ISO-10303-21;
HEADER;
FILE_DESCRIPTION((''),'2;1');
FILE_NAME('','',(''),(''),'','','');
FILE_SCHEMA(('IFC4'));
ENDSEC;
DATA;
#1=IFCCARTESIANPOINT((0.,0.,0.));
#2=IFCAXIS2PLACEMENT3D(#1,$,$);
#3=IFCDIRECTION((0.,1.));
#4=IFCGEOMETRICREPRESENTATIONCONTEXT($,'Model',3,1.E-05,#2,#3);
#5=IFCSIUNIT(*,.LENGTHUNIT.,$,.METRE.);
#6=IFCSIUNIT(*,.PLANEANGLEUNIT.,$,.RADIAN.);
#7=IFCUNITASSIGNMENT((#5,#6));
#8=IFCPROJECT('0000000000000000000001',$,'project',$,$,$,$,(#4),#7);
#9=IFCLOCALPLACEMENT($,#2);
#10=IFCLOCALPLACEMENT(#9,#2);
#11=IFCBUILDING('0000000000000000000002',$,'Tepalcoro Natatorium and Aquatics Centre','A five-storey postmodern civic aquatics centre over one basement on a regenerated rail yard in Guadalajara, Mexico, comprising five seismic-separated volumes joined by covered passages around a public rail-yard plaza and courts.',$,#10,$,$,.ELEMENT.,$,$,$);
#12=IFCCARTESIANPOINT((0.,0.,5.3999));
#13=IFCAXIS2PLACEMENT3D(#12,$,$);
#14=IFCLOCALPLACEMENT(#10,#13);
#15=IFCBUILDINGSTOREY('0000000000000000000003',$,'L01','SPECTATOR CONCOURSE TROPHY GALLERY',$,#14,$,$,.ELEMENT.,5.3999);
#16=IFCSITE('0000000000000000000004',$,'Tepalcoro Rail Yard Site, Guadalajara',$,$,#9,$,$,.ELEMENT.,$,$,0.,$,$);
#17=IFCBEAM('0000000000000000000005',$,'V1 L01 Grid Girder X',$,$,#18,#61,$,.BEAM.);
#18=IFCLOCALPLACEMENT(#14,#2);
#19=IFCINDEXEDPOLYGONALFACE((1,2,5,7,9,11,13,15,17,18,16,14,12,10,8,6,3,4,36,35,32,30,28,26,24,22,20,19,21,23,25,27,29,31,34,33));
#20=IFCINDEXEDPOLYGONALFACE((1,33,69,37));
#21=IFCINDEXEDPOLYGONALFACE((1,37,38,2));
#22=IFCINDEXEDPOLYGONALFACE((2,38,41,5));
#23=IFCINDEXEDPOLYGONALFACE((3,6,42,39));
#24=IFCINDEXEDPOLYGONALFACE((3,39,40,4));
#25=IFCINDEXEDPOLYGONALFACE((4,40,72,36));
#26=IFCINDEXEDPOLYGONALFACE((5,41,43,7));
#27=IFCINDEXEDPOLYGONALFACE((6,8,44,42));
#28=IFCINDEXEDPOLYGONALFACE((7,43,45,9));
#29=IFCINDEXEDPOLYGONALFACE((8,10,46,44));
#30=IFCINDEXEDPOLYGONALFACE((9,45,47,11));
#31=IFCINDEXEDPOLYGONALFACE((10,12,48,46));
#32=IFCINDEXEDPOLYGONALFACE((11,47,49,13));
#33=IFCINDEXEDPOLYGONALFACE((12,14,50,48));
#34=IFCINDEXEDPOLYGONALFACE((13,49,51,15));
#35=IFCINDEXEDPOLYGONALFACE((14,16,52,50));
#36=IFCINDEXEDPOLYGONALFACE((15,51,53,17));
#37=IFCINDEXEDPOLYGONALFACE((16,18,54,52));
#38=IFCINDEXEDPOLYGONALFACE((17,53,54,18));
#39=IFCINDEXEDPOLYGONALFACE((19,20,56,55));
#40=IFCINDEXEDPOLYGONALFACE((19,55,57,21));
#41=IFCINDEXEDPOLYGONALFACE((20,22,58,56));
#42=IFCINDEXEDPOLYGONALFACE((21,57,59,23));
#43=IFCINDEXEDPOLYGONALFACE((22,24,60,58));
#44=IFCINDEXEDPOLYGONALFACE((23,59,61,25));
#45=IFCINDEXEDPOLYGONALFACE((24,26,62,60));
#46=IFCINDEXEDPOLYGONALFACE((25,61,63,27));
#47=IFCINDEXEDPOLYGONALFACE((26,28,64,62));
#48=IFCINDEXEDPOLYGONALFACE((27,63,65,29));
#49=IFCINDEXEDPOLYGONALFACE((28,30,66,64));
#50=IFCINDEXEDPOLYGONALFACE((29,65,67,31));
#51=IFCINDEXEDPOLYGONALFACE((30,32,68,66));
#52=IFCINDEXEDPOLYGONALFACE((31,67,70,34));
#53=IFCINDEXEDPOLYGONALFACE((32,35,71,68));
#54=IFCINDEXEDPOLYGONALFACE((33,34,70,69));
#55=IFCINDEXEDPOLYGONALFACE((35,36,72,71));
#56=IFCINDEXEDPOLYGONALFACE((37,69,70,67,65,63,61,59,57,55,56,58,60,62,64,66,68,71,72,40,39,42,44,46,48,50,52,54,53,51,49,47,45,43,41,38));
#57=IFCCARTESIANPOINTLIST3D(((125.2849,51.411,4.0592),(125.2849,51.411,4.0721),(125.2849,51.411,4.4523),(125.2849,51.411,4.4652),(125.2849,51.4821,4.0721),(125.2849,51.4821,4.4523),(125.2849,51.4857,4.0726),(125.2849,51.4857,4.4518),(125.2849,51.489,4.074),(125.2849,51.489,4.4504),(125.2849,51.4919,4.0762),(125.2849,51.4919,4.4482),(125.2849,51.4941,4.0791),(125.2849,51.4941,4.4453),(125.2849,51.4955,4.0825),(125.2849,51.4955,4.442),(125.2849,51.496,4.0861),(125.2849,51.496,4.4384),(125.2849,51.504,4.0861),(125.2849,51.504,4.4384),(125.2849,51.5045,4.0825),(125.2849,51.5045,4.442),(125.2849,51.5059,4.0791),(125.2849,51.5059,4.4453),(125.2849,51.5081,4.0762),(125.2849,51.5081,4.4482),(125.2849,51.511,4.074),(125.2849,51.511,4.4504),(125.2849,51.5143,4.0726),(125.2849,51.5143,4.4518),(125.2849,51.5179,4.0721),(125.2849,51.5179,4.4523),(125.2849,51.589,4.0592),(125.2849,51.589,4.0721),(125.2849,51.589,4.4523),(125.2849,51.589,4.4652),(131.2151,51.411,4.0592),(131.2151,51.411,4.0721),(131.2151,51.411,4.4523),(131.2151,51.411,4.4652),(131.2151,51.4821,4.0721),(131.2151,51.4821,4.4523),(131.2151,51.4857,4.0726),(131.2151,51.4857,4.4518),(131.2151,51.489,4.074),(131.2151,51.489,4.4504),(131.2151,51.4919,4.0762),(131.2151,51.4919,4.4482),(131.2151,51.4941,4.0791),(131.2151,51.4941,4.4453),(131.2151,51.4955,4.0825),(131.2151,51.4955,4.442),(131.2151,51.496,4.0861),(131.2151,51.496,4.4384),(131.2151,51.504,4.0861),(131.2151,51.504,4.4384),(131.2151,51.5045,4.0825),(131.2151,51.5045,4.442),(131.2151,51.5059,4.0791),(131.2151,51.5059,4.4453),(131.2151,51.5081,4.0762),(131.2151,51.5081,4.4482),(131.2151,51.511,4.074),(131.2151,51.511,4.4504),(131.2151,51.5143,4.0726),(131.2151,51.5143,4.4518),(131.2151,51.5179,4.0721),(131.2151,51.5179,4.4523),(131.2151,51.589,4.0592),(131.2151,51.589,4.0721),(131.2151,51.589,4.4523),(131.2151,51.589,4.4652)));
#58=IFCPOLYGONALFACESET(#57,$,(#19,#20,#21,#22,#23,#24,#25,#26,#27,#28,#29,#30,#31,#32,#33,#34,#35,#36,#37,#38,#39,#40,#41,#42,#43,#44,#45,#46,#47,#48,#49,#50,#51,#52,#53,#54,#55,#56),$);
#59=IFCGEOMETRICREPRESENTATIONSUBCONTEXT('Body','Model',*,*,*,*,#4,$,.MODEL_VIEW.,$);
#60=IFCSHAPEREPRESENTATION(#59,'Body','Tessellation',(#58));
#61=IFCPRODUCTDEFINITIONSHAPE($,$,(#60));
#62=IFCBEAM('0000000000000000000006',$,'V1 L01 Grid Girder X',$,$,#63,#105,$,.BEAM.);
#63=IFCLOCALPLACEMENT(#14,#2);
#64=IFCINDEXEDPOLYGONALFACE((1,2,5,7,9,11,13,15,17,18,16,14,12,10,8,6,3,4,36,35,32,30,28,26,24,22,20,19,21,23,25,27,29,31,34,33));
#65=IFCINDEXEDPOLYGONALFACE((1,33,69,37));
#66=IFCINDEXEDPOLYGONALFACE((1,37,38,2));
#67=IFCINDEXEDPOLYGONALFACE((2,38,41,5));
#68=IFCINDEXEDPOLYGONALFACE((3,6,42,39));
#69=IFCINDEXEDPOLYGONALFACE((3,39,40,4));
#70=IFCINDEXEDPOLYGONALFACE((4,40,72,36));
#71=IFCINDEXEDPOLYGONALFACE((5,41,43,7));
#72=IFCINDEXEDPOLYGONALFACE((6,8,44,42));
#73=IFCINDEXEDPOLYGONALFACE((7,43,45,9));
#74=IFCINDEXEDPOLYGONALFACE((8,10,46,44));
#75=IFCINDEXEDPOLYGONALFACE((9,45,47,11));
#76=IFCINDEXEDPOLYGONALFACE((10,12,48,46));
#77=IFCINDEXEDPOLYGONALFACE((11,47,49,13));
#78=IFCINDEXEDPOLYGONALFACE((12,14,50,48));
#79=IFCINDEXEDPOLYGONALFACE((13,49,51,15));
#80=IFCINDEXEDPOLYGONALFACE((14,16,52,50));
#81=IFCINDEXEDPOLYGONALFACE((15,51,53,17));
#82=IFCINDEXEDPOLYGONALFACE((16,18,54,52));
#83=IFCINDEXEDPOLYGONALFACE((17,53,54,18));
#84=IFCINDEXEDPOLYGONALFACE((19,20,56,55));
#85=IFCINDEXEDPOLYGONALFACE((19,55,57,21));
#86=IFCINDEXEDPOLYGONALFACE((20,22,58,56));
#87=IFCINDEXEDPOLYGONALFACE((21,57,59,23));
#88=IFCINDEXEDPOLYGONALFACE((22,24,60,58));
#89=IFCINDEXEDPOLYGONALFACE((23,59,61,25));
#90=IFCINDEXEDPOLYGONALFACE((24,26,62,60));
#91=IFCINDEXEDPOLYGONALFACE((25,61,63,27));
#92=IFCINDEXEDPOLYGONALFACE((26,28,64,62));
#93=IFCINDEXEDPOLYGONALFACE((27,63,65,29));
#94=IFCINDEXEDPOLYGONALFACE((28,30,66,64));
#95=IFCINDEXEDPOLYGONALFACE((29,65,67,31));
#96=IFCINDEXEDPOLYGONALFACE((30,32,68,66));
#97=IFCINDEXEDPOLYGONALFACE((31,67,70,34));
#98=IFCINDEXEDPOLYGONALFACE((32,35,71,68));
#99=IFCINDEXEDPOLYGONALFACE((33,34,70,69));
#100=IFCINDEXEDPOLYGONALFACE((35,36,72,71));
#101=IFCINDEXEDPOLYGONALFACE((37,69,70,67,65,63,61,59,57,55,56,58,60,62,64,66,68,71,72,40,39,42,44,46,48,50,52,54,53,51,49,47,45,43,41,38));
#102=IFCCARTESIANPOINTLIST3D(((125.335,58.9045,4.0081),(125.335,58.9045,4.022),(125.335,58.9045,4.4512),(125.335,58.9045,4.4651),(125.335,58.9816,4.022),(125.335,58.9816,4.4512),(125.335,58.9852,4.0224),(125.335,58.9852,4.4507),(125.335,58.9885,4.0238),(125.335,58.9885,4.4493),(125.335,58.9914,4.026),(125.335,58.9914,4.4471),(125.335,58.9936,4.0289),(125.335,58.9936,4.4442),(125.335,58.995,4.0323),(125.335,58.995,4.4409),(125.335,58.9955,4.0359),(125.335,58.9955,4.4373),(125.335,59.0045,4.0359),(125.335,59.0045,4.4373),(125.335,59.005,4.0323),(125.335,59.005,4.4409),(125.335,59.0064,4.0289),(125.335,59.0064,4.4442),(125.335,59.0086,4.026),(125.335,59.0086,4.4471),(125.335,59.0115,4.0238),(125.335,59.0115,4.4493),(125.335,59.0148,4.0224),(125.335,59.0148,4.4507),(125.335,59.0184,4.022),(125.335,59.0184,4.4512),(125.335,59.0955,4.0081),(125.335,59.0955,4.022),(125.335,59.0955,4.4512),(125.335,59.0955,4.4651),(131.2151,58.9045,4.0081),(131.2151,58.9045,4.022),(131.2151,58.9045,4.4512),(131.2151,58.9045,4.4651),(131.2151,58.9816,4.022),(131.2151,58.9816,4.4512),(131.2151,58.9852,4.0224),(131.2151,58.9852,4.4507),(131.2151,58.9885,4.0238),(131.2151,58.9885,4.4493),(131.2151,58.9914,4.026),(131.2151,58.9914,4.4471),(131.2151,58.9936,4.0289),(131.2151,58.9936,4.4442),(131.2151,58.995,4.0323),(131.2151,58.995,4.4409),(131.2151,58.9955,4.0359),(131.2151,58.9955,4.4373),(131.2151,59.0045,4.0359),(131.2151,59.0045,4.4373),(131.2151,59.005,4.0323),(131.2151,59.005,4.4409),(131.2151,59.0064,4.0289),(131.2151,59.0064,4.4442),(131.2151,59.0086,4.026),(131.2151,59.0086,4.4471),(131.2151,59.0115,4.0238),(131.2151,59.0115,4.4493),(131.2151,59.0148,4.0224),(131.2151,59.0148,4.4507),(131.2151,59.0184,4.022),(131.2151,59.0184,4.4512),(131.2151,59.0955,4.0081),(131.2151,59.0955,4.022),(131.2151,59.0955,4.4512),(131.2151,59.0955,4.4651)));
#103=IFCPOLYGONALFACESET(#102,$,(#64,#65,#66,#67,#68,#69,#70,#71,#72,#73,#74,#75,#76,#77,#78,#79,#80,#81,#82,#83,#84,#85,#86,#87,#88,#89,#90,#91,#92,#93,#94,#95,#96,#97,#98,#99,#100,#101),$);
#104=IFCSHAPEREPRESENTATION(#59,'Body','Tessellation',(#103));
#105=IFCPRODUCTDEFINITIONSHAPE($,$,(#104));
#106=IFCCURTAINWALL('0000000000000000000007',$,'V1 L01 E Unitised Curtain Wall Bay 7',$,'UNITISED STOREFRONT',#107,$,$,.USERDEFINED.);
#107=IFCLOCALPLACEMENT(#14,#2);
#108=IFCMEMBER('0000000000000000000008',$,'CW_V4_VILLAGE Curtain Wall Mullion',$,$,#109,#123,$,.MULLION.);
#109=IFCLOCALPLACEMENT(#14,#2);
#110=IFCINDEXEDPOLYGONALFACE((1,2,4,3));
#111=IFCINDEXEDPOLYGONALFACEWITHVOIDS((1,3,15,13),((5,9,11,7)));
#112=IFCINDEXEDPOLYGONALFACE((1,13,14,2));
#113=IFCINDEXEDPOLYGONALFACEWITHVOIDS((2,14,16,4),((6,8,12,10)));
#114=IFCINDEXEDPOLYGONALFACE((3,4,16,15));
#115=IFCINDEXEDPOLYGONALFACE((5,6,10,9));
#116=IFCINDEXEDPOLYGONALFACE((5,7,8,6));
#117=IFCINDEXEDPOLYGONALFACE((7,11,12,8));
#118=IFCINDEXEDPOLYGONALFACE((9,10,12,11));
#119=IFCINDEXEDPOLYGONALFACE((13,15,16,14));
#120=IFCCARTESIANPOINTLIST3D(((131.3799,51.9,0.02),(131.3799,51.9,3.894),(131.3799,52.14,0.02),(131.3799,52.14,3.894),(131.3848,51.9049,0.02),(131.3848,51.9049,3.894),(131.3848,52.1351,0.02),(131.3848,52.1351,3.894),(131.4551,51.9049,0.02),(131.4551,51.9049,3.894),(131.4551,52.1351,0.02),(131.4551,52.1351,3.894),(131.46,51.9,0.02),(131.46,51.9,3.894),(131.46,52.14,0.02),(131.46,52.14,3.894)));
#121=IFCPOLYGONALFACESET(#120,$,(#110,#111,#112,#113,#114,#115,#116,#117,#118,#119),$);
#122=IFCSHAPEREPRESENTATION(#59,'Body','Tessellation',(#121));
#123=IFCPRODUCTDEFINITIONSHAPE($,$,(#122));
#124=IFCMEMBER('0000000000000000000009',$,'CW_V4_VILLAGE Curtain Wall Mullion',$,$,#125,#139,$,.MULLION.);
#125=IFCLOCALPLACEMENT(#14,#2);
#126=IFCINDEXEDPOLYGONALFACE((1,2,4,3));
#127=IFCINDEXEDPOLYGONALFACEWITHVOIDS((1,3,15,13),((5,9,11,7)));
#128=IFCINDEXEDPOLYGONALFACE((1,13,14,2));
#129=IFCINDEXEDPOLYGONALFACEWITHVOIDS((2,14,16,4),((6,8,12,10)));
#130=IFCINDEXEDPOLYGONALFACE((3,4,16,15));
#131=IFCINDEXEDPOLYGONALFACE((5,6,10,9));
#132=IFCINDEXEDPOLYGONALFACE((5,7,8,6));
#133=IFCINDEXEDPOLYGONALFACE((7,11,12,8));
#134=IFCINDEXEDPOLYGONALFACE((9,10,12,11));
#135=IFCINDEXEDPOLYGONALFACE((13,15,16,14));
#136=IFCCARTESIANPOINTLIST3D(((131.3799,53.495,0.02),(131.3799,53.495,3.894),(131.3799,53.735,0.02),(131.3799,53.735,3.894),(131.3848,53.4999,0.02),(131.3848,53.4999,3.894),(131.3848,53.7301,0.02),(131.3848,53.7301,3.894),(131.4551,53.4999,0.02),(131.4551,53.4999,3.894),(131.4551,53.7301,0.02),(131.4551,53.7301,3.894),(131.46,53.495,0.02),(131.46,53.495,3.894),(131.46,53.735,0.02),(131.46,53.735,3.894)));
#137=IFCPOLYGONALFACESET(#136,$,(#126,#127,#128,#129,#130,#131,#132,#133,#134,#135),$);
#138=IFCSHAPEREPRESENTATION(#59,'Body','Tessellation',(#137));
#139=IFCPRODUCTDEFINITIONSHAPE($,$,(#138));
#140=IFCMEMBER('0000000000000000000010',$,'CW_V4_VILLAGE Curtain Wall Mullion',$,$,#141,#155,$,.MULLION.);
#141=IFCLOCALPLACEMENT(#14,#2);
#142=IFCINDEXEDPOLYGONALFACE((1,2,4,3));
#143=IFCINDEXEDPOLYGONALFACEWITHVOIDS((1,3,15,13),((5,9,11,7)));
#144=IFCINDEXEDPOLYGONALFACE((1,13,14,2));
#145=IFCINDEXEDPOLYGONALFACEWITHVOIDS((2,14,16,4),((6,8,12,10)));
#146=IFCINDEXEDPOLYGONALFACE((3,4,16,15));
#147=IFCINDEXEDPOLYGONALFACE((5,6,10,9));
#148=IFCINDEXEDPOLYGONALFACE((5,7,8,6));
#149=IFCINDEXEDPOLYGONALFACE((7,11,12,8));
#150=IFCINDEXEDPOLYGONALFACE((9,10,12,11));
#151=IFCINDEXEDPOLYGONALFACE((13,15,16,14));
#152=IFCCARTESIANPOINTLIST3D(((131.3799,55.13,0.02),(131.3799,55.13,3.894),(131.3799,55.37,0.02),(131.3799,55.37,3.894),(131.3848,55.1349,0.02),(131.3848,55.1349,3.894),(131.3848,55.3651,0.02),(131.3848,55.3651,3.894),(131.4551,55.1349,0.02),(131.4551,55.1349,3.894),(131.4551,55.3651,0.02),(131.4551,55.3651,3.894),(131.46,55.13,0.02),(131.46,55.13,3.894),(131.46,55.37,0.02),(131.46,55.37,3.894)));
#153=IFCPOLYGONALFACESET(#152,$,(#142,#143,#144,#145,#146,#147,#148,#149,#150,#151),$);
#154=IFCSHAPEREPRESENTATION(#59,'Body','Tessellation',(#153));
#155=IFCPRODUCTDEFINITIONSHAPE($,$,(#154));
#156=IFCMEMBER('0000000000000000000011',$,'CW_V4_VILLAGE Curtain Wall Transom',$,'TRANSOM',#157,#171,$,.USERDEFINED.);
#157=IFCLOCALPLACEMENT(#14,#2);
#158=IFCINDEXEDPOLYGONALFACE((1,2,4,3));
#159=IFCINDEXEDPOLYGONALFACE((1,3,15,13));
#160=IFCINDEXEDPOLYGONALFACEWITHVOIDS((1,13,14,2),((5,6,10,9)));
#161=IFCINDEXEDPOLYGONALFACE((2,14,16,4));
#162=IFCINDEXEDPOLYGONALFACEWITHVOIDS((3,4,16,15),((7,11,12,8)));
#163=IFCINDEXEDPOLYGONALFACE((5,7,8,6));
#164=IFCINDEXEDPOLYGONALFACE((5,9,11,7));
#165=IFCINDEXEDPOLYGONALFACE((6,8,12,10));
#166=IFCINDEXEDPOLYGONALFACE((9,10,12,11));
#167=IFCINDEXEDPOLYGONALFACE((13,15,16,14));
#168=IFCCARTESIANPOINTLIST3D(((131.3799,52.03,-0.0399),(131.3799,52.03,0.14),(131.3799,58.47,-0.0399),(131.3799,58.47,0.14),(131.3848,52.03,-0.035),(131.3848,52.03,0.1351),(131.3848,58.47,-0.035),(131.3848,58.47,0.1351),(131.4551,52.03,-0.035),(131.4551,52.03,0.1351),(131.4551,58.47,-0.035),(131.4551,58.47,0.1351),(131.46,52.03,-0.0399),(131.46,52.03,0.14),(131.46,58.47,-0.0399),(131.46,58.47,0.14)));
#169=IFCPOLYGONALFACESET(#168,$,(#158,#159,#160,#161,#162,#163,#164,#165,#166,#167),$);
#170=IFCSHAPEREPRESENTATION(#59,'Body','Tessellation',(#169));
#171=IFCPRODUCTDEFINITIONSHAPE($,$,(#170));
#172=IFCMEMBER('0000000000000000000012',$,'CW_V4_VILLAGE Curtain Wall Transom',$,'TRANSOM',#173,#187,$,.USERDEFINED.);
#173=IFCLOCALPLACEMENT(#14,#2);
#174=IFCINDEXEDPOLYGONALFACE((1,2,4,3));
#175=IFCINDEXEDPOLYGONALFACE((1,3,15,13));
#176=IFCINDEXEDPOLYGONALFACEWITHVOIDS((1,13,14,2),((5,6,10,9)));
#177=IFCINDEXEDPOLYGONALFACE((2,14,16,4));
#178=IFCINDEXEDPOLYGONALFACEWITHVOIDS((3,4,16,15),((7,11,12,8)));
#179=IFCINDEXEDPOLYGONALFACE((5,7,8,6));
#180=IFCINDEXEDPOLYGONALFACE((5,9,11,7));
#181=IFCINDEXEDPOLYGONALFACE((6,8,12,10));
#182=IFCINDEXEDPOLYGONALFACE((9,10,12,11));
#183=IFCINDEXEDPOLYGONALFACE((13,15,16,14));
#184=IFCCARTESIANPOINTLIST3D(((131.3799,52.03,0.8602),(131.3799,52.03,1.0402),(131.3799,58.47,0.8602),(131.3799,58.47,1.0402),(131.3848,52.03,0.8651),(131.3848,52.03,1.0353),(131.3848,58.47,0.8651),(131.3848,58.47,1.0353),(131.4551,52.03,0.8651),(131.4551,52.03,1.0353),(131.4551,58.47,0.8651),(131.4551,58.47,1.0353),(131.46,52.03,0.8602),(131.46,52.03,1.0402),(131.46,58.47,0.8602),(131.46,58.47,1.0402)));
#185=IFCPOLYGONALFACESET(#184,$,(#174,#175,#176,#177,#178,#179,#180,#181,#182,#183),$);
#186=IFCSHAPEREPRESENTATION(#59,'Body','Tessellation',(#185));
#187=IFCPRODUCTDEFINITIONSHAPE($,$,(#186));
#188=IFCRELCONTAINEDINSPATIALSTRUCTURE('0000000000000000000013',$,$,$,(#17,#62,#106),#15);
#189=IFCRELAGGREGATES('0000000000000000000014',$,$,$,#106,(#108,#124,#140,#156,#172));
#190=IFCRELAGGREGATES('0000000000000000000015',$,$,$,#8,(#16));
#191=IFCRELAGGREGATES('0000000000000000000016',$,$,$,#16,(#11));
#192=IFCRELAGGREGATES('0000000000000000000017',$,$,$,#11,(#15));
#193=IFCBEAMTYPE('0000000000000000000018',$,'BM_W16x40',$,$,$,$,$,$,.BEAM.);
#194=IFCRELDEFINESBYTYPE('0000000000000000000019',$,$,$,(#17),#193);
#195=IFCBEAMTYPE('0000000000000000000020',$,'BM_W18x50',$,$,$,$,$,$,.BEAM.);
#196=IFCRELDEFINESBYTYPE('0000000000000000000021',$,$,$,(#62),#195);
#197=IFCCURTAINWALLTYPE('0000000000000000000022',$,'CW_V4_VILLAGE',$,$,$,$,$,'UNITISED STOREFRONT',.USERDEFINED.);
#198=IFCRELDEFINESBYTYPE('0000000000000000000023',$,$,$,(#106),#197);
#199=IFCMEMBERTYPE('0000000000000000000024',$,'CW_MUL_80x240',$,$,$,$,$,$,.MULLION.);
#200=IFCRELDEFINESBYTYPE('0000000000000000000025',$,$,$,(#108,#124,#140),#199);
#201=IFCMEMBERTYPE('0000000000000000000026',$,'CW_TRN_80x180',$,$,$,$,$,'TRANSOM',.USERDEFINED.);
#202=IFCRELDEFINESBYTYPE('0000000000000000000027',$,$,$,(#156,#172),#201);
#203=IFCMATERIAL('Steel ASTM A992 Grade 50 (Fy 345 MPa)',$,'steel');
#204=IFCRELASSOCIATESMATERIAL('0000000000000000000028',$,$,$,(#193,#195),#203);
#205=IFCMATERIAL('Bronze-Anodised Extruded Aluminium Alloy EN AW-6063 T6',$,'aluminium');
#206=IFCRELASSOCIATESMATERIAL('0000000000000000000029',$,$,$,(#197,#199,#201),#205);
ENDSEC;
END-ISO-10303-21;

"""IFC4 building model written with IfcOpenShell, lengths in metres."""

from ifc_helpers import new_model, si_unit, direction, frame, origin, origin_2d, place, context, subcontext, project, spatial, hollow_rectangle, i_section, extrude, material, material_profile, profile_set, type_object, element, aggregate, save


model = new_model("IFC4")

# Units and contexts
model_context = context("Model", 3, precision=1e-05, world=origin(), true_north=direction((0.0, 1.0)))
body_context = subcontext(model_context, "Body", "Model", "MODEL_VIEW")
ifc_project = project(units=[si_unit("LENGTHUNIT", "METRE"), si_unit("PLANEANGLEUNIT", "RADIAN")], contexts=[model_context])

# Site, building, storey
site_placement = place(None, origin())
site = spatial("IfcSite", under=ifc_project, at=site_placement, Name="Tepalcoro Rail Yard Site, Guadalajara", CompositionType="ELEMENT", RefElevation=0.0)
building_placement = place(site_placement, origin())
building = spatial("IfcBuilding", under=site, at=building_placement, Name="Tepalcoro Natatorium and Aquatics Centre", Description="A five-storey postmodern civic aquatics centre over one basement on a regenerated rail yard in Guadalajara, Mexico, comprising five seismic-separated volumes joined by covered passages around a public rail-yard plaza and courts.", CompositionType="ELEMENT")
storey_placement = place(building_placement, frame((0.0, 0.0, 5.3999)))
storey = spatial("IfcBuildingStorey", under=building, at=storey_placement, Name="L01", Description="SPECTATOR CONCOURSE TROPHY GALLERY", CompositionType="ELEMENT", Elevation=5.3999)

# Beams
ifc_material_1 = material(Name="Steel ASTM A992 Grade 50 (Fy 345 MPa)", Category="steel")
ifc_material_profile_1 = material_profile(ifc_material_1, i_section(OverallWidth=0.178, OverallDepth=0.406, WebThickness=0.0081, FlangeThickness=0.0129, FilletRadius=0.0139, at=origin_2d()), Name="W16X40")
ifc_profile_set_1 = profile_set([ifc_material_profile_1], Name="Steel ASTM A992 Grade 50 (Fy 345 MPa)")
beam_type_1 = type_object("IfcBeamType", Name="BM_W16x40", PredefinedType="BEAM", material=ifc_profile_set_1)
beam_1_placement = place(storey_placement, frame((125.2849, 51.5, 4.2622), z_axis=(1.0, 0.0, 0.0), x_axis=(0.0, 1.0, 0.0)))
element("IfcBeam", 1, at=beam_1_placement, inside=storey, type_object=beam_type_1, Name="V1 L01 Grid Girder X", PredefinedType="BEAM", context=body_context, shape_type="SweptSolid", body=[
    extrude(i_section(OverallWidth=0.178, OverallDepth=0.406, WebThickness=0.0081, FlangeThickness=0.0129, FilletRadius=0.0139, at=origin_2d()), origin(), (0.0, 0.0, 1.0), 5.9302),
])
ifc_material_profile_2 = material_profile(ifc_material_1, i_section(OverallWidth=0.1909, OverallDepth=0.457, WebThickness=0.009, FlangeThickness=0.0139, FilletRadius=0.0139, at=origin_2d()), Name="W18X50")
ifc_profile_set_2 = profile_set([ifc_material_profile_2], Name="Steel ASTM A992 Grade 50 (Fy 345 MPa)")
beam_type_2 = type_object("IfcBeamType", Name="BM_W18x50", PredefinedType="BEAM", material=ifc_profile_set_2)
beam_2_placement = place(storey_placement, frame((125.335, 59.0, 4.2366), z_axis=(1.0, 0.0, 0.0), x_axis=(0.0, 1.0, 0.0)))
element("IfcBeam", 2, at=beam_2_placement, inside=storey, type_object=beam_type_2, Name="V1 L01 Grid Girder X", PredefinedType="BEAM", context=body_context, shape_type="SweptSolid", body=[
    extrude(i_section(OverallWidth=0.1909, OverallDepth=0.457, WebThickness=0.009, FlangeThickness=0.0139, FilletRadius=0.0139, at=origin_2d()), origin(), (0.0, 0.0, 1.0), 5.8801),
])

# Curtain wall, members
ifc_material_2 = material(Name="Bronze-Anodised Extruded Aluminium Alloy EN AW-6063 T6", Category="aluminium")
curtain_wall_type = type_object("IfcCurtainWallType", Name="CW_V4_VILLAGE", ElementType="UNITISED STOREFRONT", PredefinedType="USERDEFINED", material=ifc_material_2)
curtain_wall_placement = place(storey_placement, origin())
curtain_wall = element("IfcCurtainWall", 3, at=curtain_wall_placement, inside=storey, type_object=curtain_wall_type, Name="V1 L01 E Unitised Curtain Wall Bay 7", ObjectType="UNITISED STOREFRONT", PredefinedType="USERDEFINED")
ifc_material_profile_3 = material_profile(ifc_material_2, hollow_rectangle(XDim=0.0801, YDim=0.24, WallThickness=0.0049, at=origin_2d()), Name="AL80X240X5")
ifc_profile_set_3 = profile_set([ifc_material_profile_3], Name="Bronze-Anodised Extruded Aluminium Alloy EN AW-6063 T6")
member_type_1 = type_object("IfcMemberType", Name="CW_MUL_80x240", PredefinedType="MULLION", material=ifc_profile_set_3)
member_1_placement = place(storey_placement, frame((131.4199, 52.02, 0.02), z_axis=(0.0, 0.0, 1.0), x_axis=(1.0, 0.0, 0.0)))
member_1 = element("IfcMember", 4, at=member_1_placement, type_object=member_type_1, Name="CW_V4_VILLAGE Curtain Wall Mullion", PredefinedType="MULLION", context=body_context, shape_type="SweptSolid", body=[
    extrude(hollow_rectangle(XDim=0.0801, YDim=0.24, WallThickness=0.0049, at=origin_2d()), origin(), (0.0, 0.0, 1.0), 3.874),
])
member_2_placement = place(storey_placement, frame((131.4199, 53.615, 0.02), z_axis=(0.0, 0.0, 1.0), x_axis=(1.0, 0.0, 0.0)))
member_2 = element("IfcMember", 5, at=member_2_placement, type_object=member_type_1, Name="CW_V4_VILLAGE Curtain Wall Mullion", PredefinedType="MULLION", context=body_context, shape_type="SweptSolid", body=[
    extrude(hollow_rectangle(XDim=0.0801, YDim=0.24, WallThickness=0.0049, at=origin_2d()), origin(), (0.0, 0.0, 1.0), 3.874),
])
member_3_placement = place(storey_placement, frame((131.4199, 55.25, 0.02), z_axis=(0.0, 0.0, 1.0), x_axis=(1.0, 0.0, 0.0)))
member_3 = element("IfcMember", 6, at=member_3_placement, type_object=member_type_1, Name="CW_V4_VILLAGE Curtain Wall Mullion", PredefinedType="MULLION", context=body_context, shape_type="SweptSolid", body=[
    extrude(hollow_rectangle(XDim=0.0801, YDim=0.24, WallThickness=0.0049, at=origin_2d()), origin(), (0.0, 0.0, 1.0), 3.874),
])
ifc_material_profile_4 = material_profile(ifc_material_2, hollow_rectangle(XDim=0.0801, YDim=0.1799, WallThickness=0.0049, at=origin_2d()), Name="AL80X180X5")
ifc_profile_set_4 = profile_set([ifc_material_profile_4], Name="Bronze-Anodised Extruded Aluminium Alloy EN AW-6063 T6")
member_type_2 = type_object("IfcMemberType", Name="CW_TRN_80x180", ElementType="TRANSOM", PredefinedType="USERDEFINED", material=ifc_profile_set_4)
member_4_placement = place(storey_placement, frame((131.4199, 52.03, 0.05), z_axis=(0.0, 1.0, 0.0), x_axis=(-1.0, 0.0, 0.0)))
member_4 = element("IfcMember", 7, at=member_4_placement, type_object=member_type_2, Name="CW_V4_VILLAGE Curtain Wall Transom", ObjectType="TRANSOM", PredefinedType="USERDEFINED", context=body_context, shape_type="SweptSolid", body=[
    extrude(hollow_rectangle(XDim=0.0801, YDim=0.1799, WallThickness=0.0049, at=origin_2d()), origin(), (0.0, 0.0, 1.0), 6.4399),
])
member_5_placement = place(storey_placement, frame((131.4199, 52.03, 0.9502), z_axis=(0.0, 1.0, 0.0), x_axis=(-1.0, 0.0, 0.0)))
member_5 = element("IfcMember", 8, at=member_5_placement, type_object=member_type_2, Name="CW_V4_VILLAGE Curtain Wall Transom", ObjectType="TRANSOM", PredefinedType="USERDEFINED", context=body_context, shape_type="SweptSolid", body=[
    extrude(hollow_rectangle(XDim=0.0801, YDim=0.1799, WallThickness=0.0049, at=origin_2d()), origin(), (0.0, 0.0, 1.0), 6.4399),
])

aggregate(curtain_wall, [member_1, member_2, member_3, member_4, member_5])

save(model, "model.ifc")
